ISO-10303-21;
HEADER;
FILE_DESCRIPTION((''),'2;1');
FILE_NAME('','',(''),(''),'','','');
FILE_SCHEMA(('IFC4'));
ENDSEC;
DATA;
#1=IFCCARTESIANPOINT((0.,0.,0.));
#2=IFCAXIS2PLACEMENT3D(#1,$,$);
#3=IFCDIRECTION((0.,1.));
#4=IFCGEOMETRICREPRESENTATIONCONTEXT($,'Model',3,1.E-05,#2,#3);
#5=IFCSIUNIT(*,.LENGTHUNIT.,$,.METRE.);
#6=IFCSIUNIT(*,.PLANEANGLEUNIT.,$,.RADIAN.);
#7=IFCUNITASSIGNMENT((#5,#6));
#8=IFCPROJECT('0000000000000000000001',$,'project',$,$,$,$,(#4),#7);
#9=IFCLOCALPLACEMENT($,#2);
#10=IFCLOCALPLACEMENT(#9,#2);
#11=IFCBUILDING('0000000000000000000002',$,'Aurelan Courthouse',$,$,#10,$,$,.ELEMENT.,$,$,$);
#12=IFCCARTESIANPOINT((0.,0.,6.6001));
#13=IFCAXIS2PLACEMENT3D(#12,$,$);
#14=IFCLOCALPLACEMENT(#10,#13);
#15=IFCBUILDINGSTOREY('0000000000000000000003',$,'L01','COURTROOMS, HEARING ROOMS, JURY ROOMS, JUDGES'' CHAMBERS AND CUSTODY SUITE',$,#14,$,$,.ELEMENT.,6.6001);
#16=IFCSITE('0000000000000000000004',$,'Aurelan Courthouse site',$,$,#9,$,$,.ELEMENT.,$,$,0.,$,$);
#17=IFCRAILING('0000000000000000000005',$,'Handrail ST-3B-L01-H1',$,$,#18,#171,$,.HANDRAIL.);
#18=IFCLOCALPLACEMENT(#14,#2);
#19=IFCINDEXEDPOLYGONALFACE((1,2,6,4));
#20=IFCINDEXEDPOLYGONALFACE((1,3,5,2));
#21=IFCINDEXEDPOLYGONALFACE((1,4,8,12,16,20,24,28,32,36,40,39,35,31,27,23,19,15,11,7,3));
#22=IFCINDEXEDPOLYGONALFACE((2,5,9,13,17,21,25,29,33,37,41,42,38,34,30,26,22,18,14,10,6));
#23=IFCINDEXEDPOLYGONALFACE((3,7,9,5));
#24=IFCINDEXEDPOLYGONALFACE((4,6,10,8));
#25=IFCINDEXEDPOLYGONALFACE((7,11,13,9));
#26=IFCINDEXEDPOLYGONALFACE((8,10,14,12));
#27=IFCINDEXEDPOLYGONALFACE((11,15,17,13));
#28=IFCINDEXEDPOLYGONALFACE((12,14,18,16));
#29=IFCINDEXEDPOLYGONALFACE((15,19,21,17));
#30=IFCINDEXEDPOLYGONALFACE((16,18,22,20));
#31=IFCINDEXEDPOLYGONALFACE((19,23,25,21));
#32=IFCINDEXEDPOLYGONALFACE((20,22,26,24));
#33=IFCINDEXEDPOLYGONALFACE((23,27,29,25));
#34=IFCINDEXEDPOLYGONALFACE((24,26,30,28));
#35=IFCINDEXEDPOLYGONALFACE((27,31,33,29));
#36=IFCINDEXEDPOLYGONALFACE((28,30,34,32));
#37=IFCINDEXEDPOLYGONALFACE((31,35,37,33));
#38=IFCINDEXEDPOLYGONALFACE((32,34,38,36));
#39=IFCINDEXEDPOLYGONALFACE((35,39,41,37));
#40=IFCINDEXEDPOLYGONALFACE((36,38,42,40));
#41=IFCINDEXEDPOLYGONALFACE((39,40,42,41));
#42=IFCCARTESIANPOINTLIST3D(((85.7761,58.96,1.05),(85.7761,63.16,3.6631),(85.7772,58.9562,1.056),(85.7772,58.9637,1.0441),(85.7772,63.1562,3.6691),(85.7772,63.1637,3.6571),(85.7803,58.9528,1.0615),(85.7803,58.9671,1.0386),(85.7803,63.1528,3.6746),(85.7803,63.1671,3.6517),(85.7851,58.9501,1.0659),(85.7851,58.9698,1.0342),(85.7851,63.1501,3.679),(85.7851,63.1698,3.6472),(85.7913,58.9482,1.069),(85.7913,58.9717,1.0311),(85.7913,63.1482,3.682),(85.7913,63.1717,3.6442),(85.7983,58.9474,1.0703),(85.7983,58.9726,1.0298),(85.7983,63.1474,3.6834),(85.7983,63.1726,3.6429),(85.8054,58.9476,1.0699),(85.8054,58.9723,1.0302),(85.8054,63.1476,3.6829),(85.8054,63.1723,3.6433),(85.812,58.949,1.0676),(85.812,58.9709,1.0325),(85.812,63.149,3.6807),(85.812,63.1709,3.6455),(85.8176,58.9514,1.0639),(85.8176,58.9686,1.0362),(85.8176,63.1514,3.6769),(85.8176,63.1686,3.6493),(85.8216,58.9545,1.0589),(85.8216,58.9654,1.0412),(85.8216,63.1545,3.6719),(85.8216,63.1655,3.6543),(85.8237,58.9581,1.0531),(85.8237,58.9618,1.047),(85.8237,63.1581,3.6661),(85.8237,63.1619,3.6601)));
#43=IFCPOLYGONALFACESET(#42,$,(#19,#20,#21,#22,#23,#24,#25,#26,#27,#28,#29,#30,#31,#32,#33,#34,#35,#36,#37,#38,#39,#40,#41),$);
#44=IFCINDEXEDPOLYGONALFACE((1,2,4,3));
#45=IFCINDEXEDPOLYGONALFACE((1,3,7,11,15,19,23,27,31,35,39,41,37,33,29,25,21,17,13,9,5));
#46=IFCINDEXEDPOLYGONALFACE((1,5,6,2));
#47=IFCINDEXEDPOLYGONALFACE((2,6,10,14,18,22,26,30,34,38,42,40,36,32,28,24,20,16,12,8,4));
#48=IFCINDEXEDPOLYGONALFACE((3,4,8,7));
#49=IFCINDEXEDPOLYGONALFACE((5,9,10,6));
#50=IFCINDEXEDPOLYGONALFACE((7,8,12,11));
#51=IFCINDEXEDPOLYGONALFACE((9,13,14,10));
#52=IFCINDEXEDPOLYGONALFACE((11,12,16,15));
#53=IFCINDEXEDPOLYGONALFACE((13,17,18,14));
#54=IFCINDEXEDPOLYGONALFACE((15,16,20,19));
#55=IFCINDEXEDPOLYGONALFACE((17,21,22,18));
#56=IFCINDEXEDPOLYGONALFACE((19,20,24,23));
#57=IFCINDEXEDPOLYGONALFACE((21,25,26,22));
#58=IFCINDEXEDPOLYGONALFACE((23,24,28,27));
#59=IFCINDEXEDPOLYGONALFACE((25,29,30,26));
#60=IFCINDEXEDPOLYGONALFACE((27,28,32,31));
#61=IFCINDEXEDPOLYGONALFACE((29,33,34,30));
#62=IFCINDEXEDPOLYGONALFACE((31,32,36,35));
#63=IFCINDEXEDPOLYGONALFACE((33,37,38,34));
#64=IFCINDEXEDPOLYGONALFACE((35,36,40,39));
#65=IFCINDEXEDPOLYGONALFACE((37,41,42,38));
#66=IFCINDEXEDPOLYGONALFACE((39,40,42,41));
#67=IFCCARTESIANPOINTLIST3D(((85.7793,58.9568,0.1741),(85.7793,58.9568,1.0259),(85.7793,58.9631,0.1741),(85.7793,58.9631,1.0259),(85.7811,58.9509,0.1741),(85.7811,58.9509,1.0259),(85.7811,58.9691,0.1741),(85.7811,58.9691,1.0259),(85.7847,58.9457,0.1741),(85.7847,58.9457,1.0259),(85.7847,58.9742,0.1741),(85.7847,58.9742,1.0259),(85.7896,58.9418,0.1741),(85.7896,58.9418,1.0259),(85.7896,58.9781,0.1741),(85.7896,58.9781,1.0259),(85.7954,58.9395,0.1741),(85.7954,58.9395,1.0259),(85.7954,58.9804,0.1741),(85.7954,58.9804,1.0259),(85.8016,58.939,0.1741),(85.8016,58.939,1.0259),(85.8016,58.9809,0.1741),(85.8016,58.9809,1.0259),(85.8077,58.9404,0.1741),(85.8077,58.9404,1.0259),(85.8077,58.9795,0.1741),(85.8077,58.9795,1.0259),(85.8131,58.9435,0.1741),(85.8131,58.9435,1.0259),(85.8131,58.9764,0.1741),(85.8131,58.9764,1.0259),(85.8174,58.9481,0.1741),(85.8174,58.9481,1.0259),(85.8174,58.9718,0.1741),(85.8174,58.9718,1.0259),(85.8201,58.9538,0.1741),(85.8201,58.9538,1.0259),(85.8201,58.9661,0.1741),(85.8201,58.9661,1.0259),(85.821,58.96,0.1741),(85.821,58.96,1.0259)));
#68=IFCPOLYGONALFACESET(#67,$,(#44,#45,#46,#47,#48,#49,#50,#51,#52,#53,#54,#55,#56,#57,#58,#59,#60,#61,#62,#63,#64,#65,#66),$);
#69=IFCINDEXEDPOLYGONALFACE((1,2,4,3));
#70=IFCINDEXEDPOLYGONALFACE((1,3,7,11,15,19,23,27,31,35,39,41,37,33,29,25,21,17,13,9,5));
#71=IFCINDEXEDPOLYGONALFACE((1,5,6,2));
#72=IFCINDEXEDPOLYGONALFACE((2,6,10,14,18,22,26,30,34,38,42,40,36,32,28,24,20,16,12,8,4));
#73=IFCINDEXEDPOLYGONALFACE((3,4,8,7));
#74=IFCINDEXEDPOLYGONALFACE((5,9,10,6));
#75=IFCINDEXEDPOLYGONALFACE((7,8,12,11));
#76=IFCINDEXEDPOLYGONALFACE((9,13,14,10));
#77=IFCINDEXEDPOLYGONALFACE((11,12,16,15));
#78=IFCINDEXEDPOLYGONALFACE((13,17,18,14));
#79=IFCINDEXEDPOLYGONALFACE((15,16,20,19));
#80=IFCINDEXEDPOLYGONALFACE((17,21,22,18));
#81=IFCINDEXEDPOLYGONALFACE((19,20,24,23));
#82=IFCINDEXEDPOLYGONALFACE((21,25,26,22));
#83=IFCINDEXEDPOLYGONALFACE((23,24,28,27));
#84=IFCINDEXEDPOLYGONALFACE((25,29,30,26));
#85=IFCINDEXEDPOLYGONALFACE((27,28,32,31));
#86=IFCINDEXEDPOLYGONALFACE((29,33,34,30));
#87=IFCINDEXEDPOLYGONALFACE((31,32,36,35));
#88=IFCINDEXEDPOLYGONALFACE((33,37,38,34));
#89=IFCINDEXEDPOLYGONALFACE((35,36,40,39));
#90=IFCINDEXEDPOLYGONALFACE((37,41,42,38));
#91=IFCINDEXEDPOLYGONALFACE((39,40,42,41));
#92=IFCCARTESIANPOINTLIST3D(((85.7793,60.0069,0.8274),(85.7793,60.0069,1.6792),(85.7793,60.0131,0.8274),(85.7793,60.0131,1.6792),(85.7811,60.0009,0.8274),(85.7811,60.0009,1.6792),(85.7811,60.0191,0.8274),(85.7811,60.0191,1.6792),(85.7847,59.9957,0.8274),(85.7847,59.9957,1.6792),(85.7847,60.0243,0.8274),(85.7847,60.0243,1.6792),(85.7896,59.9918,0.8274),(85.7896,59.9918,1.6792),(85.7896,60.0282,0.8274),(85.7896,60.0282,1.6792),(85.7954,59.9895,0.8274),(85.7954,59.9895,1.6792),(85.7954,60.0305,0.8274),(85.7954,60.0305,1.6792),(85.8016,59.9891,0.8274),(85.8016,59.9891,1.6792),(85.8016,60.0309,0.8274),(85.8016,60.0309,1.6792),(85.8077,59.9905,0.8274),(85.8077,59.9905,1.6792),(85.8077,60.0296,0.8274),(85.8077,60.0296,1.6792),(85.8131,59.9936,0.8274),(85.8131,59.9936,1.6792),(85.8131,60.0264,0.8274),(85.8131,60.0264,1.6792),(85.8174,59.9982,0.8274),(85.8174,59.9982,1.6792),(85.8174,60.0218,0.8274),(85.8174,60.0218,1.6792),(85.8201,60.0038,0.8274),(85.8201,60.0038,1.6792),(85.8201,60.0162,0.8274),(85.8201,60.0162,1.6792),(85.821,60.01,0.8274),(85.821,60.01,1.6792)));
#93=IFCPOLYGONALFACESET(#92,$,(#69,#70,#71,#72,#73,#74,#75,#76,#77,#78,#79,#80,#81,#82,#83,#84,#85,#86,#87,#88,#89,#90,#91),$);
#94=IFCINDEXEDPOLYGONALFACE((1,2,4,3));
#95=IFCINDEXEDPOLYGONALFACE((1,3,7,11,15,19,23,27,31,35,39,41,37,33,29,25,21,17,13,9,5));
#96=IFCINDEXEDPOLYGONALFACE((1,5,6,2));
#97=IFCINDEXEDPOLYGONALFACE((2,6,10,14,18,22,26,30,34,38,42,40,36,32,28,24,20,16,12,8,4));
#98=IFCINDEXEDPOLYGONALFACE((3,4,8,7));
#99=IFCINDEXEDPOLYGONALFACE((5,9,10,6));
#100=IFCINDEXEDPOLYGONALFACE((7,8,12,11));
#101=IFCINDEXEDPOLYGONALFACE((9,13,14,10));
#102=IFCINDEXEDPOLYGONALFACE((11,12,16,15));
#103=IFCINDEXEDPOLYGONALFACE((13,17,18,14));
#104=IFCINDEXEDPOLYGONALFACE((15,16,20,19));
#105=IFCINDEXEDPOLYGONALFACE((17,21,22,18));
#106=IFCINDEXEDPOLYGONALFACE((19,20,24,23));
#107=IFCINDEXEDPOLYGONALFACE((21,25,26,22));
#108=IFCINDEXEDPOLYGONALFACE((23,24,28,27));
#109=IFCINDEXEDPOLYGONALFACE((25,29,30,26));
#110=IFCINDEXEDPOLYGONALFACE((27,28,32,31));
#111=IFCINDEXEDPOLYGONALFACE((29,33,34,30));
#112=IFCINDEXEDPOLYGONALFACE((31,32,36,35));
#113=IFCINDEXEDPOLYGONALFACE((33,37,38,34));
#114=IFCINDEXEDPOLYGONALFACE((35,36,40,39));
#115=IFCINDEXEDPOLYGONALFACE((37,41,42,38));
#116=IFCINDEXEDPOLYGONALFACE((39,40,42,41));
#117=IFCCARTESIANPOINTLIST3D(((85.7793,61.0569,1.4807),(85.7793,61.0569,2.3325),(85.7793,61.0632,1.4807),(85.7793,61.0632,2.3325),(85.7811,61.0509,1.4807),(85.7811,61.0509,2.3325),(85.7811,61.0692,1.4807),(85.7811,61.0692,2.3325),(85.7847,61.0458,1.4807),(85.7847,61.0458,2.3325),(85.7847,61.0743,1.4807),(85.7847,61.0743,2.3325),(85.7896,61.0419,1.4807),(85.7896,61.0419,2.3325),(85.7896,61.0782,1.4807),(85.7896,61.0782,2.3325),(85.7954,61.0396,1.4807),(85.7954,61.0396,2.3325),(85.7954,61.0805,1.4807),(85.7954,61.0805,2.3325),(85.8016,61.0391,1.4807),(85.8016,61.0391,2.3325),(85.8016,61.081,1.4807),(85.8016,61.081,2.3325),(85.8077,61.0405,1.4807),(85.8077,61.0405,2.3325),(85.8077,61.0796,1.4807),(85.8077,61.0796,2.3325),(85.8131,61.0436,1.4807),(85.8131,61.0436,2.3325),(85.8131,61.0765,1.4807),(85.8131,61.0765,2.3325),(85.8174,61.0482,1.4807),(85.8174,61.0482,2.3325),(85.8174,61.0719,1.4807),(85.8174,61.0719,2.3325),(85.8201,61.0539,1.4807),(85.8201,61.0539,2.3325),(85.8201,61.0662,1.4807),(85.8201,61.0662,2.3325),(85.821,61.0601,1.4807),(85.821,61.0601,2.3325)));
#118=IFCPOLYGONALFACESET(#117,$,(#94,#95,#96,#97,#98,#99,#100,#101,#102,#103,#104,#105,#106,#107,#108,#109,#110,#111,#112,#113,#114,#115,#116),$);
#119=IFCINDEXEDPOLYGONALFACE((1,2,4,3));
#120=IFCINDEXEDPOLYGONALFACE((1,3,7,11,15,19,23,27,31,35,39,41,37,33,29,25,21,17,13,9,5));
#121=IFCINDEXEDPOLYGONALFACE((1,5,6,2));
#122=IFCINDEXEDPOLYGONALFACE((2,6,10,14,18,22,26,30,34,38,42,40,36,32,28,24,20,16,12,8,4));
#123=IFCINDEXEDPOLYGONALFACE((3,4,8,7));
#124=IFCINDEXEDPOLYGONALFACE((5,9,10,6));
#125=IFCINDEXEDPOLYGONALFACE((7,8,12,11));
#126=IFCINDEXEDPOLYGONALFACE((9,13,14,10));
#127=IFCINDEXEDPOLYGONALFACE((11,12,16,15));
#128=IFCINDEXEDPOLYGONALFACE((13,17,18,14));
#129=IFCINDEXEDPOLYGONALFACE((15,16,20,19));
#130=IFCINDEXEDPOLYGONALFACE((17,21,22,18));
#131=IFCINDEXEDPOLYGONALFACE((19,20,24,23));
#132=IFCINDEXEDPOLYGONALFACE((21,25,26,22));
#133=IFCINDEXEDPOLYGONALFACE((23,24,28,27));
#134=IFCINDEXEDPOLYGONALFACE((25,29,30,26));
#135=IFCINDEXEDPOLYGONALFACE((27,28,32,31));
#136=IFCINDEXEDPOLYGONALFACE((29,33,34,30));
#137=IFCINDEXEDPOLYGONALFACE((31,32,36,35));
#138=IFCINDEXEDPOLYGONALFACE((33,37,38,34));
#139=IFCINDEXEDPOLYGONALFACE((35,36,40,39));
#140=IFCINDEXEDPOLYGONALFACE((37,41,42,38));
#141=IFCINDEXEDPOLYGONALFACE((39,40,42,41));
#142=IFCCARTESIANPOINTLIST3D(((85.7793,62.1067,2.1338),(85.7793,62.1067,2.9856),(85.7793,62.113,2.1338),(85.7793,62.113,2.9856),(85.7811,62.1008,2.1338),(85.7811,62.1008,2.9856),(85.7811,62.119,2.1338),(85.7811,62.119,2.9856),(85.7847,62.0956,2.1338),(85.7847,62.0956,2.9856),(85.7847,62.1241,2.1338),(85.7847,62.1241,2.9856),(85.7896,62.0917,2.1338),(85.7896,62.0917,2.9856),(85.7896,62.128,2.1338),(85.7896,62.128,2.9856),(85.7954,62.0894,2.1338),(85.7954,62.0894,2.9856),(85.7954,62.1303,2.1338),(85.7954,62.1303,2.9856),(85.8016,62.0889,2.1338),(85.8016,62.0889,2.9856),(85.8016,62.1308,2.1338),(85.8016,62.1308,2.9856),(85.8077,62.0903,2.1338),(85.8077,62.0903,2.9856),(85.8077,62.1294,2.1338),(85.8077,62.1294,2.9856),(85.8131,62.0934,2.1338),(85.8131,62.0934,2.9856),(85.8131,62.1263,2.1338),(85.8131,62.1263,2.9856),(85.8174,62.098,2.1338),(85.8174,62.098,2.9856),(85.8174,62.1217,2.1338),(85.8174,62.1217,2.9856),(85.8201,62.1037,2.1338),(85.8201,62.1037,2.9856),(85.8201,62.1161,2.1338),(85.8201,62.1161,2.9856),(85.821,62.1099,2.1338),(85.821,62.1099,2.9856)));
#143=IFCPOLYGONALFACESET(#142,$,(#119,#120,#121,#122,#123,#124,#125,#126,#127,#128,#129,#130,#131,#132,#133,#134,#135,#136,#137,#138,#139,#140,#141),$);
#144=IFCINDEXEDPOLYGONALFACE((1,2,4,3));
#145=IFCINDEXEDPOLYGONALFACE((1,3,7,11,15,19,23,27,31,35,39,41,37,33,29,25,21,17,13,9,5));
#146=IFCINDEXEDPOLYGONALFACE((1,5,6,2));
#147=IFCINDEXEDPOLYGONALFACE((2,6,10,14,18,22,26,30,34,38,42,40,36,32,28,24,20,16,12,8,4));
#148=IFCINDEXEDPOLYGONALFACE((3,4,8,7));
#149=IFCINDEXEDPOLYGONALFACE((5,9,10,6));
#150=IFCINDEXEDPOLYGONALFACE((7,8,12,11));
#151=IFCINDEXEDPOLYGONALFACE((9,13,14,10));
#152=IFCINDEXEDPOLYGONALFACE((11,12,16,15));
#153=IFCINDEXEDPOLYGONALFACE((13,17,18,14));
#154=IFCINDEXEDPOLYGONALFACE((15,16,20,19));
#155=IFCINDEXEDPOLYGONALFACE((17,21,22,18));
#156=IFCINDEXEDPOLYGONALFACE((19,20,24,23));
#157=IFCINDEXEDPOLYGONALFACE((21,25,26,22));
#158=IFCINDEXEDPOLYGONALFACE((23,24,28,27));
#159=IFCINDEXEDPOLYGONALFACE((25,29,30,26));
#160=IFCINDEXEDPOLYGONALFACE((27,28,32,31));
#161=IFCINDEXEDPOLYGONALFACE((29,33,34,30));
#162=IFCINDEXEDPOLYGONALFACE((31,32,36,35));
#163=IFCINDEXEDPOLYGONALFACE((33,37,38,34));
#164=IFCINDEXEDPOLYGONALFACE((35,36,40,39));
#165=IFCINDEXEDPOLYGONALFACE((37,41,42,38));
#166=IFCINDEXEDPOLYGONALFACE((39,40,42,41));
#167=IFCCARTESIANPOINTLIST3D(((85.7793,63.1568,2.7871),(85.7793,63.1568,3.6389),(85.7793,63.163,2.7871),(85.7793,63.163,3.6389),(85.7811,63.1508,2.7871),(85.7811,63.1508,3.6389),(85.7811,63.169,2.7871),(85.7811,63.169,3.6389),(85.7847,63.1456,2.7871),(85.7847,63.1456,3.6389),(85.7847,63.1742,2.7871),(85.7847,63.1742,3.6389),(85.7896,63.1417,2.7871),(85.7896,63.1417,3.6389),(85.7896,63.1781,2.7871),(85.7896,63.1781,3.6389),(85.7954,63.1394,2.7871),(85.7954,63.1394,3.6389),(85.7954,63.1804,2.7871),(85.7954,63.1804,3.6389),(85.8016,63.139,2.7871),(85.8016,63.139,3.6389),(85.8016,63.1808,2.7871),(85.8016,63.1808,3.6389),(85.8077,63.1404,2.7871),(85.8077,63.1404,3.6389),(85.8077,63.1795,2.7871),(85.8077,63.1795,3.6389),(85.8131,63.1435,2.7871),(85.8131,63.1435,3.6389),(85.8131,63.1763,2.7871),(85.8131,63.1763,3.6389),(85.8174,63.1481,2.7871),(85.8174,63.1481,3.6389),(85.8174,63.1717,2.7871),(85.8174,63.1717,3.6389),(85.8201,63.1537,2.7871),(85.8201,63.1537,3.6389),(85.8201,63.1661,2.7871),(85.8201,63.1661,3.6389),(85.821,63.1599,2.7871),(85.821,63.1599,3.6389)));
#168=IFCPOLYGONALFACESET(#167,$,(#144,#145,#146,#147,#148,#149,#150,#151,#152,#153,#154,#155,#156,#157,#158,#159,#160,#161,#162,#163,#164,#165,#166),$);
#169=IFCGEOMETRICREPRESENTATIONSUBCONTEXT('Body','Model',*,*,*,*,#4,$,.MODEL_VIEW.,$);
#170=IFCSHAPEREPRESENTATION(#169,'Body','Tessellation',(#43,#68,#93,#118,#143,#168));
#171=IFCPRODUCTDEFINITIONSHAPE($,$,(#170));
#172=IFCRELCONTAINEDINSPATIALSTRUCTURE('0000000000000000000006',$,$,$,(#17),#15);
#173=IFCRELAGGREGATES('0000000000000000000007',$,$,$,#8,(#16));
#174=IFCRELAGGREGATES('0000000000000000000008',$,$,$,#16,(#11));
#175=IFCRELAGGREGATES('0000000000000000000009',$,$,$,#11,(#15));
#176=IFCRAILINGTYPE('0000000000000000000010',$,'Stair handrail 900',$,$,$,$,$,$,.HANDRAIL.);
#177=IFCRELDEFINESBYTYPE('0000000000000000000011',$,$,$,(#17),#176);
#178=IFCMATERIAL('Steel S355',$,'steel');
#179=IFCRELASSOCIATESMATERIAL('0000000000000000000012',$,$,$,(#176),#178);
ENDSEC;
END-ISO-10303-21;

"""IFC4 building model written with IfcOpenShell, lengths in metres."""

from ifc_helpers import new_model, si_unit, direction, frame, origin, origin_2d, place, context, subcontext, project, spatial, circle, extrude, material, type_object, element, save


model = new_model("IFC4")

# Units and contexts
model_context = context("Model", 3, precision=1e-05, world=origin(), true_north=direction((0.0, 1.0)))
body_context = subcontext(model_context, "Body", "Model", "MODEL_VIEW")
ifc_project = project(units=[si_unit("LENGTHUNIT", "METRE"), si_unit("PLANEANGLEUNIT", "RADIAN")], contexts=[model_context])

# Site, building, storey
site_placement = place(None, origin())
site = spatial("IfcSite", under=ifc_project, at=site_placement, Name="Aurelan Courthouse site", CompositionType="ELEMENT", RefElevation=0.0)
building_placement = place(site_placement, origin())
building = spatial("IfcBuilding", under=site, at=building_placement, Name="Aurelan Courthouse", CompositionType="ELEMENT")
storey_placement = place(building_placement, frame((0.0, 0.0, 6.6001)))
storey = spatial("IfcBuildingStorey", under=building, at=storey_placement, Name="L01", Description="COURTROOMS, HEARING ROOMS, JURY ROOMS, JUDGES' CHAMBERS AND CUSTODY SUITE", CompositionType="ELEMENT", Elevation=6.6001)

# Railing
ifc_material_1 = material(Name="Steel S355", Category="steel")
railing_type_1 = type_object("IfcRailingType", Name="Stair handrail 900", PredefinedType="HANDRAIL", material=ifc_material_1)
for number, where, name in (
    (1, (85.8, 58.96, 0.1741), "Handrail ST-3B-L01-H1"),
):
    element("IfcRailing", number, at=place(storey_placement, frame(where)), inside=storey, type_object=railing_type_1, Name=name, PredefinedType="HANDRAIL", context=body_context, shape_type="SweptSolid", body=[
        extrude(circle(Radius=0.0239, at=origin_2d()), frame((0.0, 0.0, 0.876), z_axis=(0.0, 0.849081, 0.528263), x_axis=(-1.0, 0.0, 0.0)), (0.0, 0.0, 1.0), 4.9465),
        extrude(circle(Radius=0.021, at=origin_2d()), origin(), (0.0, 0.0, 1.0), 0.8518),
        extrude(circle(Radius=0.021, at=origin_2d()), frame((0.0, 1.05, 0.6533)), (0.0, 0.0, 1.0), 0.8518),
        extrude(circle(Radius=0.021, at=origin_2d()), frame((0.0, 2.1001, 1.3066)), (0.0, 0.0, 1.0), 0.8518),
        extrude(circle(Radius=0.021, at=origin_2d()), frame((0.0, 3.1499, 1.9597)), (0.0, 0.0, 1.0), 0.8518),
        extrude(circle(Radius=0.021, at=origin_2d()), frame((0.0, 4.2, 2.613)), (0.0, 0.0, 1.0), 0.8518),
    ])

save(model, "model.ifc")
